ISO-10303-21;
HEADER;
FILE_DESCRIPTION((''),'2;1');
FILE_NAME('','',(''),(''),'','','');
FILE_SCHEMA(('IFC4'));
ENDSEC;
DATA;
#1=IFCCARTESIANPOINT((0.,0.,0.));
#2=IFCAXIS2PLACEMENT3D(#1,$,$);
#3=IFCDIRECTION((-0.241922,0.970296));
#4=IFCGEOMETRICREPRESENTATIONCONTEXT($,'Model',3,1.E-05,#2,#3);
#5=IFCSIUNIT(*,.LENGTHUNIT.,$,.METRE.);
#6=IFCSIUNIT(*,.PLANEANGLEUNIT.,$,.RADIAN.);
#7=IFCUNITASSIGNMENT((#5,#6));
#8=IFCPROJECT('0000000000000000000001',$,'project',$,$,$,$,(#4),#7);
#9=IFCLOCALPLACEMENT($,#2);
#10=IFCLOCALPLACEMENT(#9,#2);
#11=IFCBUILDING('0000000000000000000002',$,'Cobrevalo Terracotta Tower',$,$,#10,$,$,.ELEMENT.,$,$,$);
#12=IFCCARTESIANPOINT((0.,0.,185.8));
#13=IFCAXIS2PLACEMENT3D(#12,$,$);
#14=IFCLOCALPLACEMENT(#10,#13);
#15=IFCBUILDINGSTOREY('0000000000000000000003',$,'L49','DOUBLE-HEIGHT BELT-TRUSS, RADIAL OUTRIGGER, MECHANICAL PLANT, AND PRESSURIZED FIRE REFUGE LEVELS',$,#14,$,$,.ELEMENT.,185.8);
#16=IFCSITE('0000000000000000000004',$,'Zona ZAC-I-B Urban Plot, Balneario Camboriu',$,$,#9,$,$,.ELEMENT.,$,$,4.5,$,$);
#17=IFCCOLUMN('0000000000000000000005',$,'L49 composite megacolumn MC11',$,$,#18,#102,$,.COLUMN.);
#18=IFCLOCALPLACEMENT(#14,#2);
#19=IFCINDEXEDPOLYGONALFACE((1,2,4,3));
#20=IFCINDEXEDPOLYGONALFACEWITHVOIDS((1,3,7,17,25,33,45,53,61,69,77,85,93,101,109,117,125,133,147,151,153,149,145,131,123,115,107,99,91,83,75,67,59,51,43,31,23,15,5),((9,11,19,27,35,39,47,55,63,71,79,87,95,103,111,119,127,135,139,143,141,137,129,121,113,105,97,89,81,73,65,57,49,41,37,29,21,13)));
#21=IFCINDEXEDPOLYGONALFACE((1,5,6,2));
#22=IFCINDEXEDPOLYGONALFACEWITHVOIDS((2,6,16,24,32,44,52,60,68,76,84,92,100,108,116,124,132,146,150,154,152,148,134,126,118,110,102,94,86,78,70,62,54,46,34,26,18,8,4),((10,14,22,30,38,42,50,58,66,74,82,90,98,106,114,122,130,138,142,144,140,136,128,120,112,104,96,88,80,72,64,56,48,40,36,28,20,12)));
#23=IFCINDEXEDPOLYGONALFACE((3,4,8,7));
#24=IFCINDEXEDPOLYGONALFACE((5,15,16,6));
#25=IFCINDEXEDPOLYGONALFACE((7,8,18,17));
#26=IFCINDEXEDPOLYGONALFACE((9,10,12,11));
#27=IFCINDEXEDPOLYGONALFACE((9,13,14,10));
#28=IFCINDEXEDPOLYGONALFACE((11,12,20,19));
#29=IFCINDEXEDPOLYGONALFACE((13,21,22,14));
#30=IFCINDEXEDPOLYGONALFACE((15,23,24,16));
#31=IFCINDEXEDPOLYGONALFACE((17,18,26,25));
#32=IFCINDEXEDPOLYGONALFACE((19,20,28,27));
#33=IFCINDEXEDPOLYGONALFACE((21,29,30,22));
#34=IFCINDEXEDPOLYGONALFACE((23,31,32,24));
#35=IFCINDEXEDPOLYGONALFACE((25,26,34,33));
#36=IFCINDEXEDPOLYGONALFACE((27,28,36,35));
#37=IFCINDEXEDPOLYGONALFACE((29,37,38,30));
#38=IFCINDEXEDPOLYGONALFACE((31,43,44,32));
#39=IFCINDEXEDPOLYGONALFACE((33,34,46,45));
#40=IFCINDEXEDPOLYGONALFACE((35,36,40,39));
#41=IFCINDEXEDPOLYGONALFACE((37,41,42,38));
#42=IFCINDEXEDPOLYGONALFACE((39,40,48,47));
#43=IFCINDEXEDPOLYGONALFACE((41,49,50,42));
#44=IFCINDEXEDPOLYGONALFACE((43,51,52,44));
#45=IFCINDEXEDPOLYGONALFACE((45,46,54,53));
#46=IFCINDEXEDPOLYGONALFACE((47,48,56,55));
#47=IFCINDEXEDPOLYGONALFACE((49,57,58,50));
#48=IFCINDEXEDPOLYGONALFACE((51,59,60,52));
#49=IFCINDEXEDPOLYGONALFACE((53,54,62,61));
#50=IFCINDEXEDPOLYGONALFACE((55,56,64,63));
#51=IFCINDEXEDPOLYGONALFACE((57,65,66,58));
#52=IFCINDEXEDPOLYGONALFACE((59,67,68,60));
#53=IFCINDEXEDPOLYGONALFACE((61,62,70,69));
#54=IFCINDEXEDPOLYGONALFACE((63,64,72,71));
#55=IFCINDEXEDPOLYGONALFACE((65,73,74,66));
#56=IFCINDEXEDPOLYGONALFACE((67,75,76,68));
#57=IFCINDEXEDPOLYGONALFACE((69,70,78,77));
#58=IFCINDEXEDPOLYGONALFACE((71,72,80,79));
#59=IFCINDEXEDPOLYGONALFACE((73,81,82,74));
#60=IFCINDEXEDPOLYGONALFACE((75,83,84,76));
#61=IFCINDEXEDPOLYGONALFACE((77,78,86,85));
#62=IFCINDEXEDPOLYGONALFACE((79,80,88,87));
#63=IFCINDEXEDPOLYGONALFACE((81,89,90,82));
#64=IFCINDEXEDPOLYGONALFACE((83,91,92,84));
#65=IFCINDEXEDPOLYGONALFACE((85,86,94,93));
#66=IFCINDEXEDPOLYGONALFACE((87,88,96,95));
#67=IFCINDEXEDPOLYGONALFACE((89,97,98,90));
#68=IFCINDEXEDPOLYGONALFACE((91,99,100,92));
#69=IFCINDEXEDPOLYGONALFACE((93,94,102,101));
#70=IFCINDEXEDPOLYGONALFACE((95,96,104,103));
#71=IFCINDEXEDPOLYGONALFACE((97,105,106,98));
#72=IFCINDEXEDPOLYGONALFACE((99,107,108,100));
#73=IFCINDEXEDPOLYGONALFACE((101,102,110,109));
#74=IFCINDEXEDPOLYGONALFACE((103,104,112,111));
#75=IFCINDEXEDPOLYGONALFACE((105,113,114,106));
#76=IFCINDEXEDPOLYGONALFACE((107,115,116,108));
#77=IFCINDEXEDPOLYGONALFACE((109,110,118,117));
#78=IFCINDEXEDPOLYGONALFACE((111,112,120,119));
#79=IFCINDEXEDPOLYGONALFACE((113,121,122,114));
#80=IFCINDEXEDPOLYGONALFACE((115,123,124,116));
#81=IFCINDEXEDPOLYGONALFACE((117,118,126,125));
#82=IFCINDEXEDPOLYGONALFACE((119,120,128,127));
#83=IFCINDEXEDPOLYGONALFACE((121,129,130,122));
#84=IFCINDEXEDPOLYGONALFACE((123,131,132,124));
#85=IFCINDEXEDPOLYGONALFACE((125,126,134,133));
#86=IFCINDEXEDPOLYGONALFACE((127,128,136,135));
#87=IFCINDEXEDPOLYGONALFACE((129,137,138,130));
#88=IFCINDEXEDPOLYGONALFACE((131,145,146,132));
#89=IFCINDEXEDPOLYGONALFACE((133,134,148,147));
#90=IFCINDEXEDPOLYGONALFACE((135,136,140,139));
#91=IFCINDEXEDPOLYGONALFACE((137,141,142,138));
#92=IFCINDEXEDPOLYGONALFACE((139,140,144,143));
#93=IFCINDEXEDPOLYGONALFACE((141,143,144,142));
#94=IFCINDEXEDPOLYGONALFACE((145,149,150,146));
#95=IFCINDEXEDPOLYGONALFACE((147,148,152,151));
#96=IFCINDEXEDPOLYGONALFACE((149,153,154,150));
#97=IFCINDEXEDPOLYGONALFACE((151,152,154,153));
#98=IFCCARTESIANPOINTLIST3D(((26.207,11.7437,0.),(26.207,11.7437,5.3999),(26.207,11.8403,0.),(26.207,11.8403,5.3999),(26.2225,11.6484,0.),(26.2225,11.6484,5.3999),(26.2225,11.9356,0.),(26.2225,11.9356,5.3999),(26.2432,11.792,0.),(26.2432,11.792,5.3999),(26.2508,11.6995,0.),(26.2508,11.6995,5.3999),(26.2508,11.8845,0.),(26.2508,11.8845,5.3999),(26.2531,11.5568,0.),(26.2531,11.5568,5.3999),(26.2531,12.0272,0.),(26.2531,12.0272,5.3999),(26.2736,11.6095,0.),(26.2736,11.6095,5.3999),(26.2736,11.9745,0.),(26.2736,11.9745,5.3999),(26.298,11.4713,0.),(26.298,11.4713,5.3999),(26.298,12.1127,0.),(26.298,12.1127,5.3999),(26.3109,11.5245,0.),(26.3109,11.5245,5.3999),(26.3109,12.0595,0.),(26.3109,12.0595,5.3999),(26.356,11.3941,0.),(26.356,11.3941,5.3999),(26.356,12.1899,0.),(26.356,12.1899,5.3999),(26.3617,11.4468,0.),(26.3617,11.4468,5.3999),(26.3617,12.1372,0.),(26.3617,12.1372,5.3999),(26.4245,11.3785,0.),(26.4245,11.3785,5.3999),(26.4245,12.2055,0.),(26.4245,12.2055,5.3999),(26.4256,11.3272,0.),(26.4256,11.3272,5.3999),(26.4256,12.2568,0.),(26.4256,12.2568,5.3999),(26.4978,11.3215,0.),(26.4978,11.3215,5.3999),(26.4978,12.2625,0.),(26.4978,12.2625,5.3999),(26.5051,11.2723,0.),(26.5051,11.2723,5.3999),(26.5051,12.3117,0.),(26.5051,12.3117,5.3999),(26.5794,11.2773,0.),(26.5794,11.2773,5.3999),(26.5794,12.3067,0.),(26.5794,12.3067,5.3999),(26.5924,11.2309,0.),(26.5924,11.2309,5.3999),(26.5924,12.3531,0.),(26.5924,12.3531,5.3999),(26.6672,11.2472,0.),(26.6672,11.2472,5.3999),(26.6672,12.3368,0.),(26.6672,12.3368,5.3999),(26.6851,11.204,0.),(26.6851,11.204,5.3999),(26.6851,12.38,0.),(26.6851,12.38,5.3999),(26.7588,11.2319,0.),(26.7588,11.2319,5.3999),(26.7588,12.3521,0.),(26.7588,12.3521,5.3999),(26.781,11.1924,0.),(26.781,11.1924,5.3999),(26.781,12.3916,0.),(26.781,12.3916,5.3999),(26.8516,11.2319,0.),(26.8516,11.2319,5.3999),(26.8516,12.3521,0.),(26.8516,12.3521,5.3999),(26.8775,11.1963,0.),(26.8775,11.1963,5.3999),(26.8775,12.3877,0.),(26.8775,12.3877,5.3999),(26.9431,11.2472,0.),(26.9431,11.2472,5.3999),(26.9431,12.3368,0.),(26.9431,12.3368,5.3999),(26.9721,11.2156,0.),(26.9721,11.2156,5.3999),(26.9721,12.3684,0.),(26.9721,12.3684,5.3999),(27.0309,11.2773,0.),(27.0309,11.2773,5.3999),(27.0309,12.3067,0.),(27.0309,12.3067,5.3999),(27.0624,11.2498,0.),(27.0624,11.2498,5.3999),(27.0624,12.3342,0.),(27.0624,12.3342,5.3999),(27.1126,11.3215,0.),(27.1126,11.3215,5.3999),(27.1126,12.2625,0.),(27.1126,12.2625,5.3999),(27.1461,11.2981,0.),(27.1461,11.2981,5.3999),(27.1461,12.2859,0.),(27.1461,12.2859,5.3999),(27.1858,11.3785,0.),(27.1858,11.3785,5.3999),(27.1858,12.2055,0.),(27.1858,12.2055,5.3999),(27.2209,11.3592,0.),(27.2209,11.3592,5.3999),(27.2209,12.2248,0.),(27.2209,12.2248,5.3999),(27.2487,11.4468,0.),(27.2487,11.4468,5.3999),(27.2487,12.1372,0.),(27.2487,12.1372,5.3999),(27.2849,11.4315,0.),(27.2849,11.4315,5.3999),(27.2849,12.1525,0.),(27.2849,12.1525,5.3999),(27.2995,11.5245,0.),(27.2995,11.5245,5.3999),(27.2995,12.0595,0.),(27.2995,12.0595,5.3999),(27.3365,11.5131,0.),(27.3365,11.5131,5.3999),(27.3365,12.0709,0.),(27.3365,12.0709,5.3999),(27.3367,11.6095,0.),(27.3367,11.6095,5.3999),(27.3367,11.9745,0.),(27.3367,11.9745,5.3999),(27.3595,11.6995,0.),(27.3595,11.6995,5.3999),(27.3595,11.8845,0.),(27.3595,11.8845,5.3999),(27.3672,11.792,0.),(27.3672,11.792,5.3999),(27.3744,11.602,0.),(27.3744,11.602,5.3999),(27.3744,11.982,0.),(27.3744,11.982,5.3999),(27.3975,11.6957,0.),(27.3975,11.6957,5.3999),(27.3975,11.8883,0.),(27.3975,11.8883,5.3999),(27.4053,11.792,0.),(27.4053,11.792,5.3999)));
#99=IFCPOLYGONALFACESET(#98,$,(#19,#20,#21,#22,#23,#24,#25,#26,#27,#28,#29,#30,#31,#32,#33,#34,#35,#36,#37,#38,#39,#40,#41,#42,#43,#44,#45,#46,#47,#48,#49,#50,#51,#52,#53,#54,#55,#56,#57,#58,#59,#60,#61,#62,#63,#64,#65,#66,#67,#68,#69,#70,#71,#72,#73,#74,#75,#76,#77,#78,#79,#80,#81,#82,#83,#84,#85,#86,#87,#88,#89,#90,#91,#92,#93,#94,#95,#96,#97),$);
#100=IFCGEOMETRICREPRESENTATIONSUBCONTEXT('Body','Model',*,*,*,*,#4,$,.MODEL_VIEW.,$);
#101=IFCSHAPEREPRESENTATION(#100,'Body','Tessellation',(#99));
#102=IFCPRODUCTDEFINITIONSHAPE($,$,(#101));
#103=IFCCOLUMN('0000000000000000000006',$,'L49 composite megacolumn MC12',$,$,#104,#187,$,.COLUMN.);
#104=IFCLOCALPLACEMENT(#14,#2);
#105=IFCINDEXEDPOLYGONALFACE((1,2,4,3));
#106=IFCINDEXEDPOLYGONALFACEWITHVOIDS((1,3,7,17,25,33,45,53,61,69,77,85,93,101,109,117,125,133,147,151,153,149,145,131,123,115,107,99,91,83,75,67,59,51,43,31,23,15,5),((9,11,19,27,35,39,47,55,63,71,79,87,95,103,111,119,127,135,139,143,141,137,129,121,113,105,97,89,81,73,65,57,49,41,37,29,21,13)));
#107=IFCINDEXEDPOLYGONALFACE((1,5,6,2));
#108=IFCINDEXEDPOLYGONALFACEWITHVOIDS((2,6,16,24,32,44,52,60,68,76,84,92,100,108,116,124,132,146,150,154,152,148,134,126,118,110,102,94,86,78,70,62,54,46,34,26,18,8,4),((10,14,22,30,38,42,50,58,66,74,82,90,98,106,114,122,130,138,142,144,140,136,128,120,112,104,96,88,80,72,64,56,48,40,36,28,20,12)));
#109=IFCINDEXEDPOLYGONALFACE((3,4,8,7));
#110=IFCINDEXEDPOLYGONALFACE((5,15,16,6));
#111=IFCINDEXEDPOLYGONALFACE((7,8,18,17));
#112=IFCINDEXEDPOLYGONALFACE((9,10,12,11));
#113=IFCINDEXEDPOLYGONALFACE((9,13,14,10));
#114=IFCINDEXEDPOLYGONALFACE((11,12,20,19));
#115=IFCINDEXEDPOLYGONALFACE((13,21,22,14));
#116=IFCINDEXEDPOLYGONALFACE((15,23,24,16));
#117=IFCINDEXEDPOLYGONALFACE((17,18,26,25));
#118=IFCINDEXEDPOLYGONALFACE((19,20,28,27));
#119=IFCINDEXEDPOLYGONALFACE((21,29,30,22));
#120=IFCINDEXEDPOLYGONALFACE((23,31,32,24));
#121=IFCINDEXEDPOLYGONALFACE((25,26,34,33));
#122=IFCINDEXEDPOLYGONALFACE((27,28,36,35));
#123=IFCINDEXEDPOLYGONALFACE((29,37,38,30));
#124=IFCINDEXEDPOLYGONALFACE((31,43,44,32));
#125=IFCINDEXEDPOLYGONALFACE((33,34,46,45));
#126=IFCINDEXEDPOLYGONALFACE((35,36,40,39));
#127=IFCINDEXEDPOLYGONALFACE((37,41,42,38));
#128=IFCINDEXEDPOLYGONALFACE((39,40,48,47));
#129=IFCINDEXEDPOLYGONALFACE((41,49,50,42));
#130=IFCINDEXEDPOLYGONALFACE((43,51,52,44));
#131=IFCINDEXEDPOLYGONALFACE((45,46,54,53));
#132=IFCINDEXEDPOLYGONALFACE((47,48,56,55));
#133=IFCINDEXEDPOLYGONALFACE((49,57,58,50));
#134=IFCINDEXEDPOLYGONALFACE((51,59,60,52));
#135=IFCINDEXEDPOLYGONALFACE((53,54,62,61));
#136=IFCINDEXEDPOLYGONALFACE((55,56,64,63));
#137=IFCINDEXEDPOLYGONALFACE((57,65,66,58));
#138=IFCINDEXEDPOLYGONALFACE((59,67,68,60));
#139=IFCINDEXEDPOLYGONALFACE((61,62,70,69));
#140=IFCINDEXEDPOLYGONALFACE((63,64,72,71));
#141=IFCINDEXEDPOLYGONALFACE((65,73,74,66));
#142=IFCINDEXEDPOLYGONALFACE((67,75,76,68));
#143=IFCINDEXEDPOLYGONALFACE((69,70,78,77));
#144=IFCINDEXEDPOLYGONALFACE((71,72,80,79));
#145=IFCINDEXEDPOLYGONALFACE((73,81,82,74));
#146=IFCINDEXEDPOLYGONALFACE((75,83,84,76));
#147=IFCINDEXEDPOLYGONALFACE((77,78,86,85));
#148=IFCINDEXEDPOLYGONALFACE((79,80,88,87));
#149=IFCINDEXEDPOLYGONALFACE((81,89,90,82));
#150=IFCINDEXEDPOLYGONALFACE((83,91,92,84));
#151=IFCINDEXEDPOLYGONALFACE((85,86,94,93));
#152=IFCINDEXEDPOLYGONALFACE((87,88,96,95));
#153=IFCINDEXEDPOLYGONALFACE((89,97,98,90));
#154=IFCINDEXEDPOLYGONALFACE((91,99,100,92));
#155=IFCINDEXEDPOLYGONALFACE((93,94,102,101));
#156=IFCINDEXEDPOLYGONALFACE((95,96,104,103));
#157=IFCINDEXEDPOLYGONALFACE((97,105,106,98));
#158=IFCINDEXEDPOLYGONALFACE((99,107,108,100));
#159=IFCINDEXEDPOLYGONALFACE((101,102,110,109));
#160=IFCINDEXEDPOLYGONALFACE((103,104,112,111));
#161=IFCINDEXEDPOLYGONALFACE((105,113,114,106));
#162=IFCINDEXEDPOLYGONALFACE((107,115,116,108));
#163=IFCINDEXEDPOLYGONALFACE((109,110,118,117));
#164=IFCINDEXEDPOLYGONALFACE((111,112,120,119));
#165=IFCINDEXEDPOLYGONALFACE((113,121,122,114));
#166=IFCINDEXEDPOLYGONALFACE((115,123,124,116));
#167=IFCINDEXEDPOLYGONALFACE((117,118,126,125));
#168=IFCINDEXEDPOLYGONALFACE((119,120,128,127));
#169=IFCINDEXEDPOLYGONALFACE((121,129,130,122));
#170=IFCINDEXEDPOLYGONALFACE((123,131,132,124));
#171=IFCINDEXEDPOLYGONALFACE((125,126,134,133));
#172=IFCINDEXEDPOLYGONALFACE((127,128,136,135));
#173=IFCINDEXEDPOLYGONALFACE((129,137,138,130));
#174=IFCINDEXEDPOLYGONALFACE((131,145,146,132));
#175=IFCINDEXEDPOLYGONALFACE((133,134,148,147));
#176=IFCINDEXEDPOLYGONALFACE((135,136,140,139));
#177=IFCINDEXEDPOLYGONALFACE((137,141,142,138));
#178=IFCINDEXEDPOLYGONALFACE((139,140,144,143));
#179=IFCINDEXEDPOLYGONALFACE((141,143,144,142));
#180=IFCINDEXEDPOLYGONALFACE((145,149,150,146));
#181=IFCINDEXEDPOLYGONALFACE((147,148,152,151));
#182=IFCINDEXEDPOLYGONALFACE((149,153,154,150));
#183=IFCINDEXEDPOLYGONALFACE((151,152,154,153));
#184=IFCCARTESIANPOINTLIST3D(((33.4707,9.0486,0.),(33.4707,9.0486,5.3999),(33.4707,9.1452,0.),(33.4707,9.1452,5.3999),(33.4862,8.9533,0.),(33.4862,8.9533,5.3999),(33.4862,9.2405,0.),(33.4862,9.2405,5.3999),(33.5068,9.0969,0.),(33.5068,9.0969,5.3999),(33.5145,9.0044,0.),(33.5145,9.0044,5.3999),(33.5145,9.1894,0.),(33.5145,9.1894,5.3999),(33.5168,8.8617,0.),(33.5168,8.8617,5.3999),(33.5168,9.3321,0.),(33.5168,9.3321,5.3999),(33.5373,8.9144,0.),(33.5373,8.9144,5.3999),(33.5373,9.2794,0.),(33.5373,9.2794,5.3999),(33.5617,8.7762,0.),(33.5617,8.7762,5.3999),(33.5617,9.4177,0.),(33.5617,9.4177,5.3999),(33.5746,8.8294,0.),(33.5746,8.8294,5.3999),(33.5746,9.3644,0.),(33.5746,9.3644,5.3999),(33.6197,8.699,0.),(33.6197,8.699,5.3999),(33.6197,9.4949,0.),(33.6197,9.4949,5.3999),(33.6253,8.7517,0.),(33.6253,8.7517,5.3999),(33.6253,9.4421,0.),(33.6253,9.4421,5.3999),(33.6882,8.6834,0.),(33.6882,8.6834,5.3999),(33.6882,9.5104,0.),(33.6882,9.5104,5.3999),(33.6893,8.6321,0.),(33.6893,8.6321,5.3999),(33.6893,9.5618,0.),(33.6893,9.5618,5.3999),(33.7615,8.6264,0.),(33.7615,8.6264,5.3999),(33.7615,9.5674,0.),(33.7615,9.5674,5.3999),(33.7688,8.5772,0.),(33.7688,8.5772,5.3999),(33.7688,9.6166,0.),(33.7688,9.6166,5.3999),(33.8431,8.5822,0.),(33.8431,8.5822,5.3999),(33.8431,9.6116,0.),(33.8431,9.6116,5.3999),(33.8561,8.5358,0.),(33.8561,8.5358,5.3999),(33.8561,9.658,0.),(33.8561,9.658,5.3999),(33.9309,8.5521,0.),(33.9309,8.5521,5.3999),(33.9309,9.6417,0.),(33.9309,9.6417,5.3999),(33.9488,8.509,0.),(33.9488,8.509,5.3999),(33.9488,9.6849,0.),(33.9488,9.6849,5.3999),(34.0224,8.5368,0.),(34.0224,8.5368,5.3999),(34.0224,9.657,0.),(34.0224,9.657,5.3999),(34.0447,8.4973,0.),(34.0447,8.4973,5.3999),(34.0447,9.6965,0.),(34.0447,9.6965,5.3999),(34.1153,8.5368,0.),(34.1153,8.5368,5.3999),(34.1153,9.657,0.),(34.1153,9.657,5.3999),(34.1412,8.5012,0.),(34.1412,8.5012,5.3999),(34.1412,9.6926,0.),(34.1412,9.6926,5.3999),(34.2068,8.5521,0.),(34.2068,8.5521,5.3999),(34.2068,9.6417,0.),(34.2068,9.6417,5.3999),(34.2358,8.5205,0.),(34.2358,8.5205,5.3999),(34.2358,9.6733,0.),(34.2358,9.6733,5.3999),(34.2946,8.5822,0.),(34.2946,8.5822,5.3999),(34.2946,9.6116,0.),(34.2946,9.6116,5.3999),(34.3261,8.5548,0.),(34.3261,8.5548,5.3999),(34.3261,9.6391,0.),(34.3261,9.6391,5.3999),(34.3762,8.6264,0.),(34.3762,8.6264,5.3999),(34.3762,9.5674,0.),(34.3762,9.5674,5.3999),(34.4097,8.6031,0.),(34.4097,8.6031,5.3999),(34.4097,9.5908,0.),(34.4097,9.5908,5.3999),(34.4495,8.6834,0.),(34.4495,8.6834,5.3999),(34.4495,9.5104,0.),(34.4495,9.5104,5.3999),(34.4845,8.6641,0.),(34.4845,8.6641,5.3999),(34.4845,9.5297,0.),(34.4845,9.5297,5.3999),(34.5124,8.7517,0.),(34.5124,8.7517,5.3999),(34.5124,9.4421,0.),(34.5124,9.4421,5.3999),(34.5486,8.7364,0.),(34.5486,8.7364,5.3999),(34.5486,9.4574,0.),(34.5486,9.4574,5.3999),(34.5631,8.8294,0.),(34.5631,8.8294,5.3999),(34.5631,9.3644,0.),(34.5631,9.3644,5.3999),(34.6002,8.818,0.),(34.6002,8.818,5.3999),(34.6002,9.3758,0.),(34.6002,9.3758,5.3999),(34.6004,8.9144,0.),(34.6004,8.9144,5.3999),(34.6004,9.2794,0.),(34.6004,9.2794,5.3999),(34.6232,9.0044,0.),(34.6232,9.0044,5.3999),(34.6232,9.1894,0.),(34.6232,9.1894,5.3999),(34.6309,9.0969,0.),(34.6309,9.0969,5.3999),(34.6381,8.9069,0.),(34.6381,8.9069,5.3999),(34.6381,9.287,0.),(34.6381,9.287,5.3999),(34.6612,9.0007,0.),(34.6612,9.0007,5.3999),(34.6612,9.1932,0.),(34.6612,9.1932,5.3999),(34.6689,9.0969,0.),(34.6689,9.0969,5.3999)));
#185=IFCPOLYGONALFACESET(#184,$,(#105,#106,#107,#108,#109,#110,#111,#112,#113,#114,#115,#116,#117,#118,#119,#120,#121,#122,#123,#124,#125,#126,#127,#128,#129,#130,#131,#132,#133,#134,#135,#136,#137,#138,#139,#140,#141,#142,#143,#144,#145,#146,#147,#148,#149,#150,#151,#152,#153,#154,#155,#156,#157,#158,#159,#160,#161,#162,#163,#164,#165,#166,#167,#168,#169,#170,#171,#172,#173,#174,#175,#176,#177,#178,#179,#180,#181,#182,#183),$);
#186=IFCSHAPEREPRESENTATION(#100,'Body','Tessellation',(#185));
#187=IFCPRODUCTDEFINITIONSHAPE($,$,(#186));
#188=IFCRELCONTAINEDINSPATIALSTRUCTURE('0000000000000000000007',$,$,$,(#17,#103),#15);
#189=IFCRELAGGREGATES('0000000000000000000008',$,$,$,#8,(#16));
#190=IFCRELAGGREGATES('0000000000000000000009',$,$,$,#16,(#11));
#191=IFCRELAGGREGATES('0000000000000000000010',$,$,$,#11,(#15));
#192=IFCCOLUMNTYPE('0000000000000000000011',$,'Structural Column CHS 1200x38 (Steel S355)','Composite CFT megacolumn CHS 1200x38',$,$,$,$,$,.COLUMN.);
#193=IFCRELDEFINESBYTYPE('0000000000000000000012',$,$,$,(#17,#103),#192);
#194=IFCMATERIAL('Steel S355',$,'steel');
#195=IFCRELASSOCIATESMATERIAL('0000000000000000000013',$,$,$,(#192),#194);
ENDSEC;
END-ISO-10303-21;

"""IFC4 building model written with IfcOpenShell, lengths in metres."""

from ifc_helpers import new_model, si_unit, direction, frame, origin, origin_2d, place, context, subcontext, project, spatial, hollow_circle, extrude, material, material_profile, profile_set, type_object, element, save


model = new_model("IFC4")

# Units and contexts
model_context = context("Model", 3, precision=1e-05, world=origin(), true_north=direction((-0.241922, 0.970296)))
body_context = subcontext(model_context, "Body", "Model", "MODEL_VIEW")
ifc_project = project(units=[si_unit("LENGTHUNIT", "METRE"), si_unit("PLANEANGLEUNIT", "RADIAN")], contexts=[model_context])

# Site, building, storey
site_placement = place(None, origin())
site = spatial("IfcSite", under=ifc_project, at=site_placement, Name="Zona ZAC-I-B Urban Plot, Balneario Camboriu", CompositionType="ELEMENT", RefElevation=4.5)
building_placement = place(site_placement, origin())
building = spatial("IfcBuilding", under=site, at=building_placement, Name="Cobrevalo Terracotta Tower", CompositionType="ELEMENT")
storey_placement = place(building_placement, frame((0.0, 0.0, 185.8)))
storey = spatial("IfcBuildingStorey", under=building, at=storey_placement, Name="L49", Description="DOUBLE-HEIGHT BELT-TRUSS, RADIAL OUTRIGGER, MECHANICAL PLANT, AND PRESSURIZED FIRE REFUGE LEVELS", CompositionType="ELEMENT", Elevation=185.8)

# Columns
ifc_material_1 = material(Name="Steel S355", Category="steel")
ifc_material_profile_1 = material_profile(ifc_material_1, hollow_circle(Radius=0.6001, WallThickness=0.0381, at=origin_2d()), Name="CHS 1200x38")
ifc_profile_set_1 = profile_set([ifc_material_profile_1], Name="Steel S355")
column_type = type_object("IfcColumnType", Name="Structural Column CHS 1200x38 (Steel S355)", Description="Composite CFT megacolumn CHS 1200x38", PredefinedType="COLUMN", material=ifc_profile_set_1)
for number, where, z_axis, x_axis, name in (
    (1, (26.8052, 11.792, 0.0), (0.0, 0.0, 1.0), (1.0, 0.0, 0.0), "L49 composite megacolumn MC11"),
    (2, (34.0688, 9.0969, 0.0), (0.0, 0.0, 1.0), (1.0, 0.0, 0.0), "L49 composite megacolumn MC12"),
):
    element("IfcColumn", number, at=place(storey_placement, frame(where, z_axis=z_axis, x_axis=x_axis)), inside=storey, type_object=column_type, Name=name, PredefinedType="COLUMN", context=body_context, shape_type="SweptSolid", body=[
        extrude(hollow_circle(Radius=0.6001, WallThickness=0.0381, at=origin_2d()), origin(), (0.0, 0.0, 1.0), 5.3999),
    ])

save(model, "model.ifc")
